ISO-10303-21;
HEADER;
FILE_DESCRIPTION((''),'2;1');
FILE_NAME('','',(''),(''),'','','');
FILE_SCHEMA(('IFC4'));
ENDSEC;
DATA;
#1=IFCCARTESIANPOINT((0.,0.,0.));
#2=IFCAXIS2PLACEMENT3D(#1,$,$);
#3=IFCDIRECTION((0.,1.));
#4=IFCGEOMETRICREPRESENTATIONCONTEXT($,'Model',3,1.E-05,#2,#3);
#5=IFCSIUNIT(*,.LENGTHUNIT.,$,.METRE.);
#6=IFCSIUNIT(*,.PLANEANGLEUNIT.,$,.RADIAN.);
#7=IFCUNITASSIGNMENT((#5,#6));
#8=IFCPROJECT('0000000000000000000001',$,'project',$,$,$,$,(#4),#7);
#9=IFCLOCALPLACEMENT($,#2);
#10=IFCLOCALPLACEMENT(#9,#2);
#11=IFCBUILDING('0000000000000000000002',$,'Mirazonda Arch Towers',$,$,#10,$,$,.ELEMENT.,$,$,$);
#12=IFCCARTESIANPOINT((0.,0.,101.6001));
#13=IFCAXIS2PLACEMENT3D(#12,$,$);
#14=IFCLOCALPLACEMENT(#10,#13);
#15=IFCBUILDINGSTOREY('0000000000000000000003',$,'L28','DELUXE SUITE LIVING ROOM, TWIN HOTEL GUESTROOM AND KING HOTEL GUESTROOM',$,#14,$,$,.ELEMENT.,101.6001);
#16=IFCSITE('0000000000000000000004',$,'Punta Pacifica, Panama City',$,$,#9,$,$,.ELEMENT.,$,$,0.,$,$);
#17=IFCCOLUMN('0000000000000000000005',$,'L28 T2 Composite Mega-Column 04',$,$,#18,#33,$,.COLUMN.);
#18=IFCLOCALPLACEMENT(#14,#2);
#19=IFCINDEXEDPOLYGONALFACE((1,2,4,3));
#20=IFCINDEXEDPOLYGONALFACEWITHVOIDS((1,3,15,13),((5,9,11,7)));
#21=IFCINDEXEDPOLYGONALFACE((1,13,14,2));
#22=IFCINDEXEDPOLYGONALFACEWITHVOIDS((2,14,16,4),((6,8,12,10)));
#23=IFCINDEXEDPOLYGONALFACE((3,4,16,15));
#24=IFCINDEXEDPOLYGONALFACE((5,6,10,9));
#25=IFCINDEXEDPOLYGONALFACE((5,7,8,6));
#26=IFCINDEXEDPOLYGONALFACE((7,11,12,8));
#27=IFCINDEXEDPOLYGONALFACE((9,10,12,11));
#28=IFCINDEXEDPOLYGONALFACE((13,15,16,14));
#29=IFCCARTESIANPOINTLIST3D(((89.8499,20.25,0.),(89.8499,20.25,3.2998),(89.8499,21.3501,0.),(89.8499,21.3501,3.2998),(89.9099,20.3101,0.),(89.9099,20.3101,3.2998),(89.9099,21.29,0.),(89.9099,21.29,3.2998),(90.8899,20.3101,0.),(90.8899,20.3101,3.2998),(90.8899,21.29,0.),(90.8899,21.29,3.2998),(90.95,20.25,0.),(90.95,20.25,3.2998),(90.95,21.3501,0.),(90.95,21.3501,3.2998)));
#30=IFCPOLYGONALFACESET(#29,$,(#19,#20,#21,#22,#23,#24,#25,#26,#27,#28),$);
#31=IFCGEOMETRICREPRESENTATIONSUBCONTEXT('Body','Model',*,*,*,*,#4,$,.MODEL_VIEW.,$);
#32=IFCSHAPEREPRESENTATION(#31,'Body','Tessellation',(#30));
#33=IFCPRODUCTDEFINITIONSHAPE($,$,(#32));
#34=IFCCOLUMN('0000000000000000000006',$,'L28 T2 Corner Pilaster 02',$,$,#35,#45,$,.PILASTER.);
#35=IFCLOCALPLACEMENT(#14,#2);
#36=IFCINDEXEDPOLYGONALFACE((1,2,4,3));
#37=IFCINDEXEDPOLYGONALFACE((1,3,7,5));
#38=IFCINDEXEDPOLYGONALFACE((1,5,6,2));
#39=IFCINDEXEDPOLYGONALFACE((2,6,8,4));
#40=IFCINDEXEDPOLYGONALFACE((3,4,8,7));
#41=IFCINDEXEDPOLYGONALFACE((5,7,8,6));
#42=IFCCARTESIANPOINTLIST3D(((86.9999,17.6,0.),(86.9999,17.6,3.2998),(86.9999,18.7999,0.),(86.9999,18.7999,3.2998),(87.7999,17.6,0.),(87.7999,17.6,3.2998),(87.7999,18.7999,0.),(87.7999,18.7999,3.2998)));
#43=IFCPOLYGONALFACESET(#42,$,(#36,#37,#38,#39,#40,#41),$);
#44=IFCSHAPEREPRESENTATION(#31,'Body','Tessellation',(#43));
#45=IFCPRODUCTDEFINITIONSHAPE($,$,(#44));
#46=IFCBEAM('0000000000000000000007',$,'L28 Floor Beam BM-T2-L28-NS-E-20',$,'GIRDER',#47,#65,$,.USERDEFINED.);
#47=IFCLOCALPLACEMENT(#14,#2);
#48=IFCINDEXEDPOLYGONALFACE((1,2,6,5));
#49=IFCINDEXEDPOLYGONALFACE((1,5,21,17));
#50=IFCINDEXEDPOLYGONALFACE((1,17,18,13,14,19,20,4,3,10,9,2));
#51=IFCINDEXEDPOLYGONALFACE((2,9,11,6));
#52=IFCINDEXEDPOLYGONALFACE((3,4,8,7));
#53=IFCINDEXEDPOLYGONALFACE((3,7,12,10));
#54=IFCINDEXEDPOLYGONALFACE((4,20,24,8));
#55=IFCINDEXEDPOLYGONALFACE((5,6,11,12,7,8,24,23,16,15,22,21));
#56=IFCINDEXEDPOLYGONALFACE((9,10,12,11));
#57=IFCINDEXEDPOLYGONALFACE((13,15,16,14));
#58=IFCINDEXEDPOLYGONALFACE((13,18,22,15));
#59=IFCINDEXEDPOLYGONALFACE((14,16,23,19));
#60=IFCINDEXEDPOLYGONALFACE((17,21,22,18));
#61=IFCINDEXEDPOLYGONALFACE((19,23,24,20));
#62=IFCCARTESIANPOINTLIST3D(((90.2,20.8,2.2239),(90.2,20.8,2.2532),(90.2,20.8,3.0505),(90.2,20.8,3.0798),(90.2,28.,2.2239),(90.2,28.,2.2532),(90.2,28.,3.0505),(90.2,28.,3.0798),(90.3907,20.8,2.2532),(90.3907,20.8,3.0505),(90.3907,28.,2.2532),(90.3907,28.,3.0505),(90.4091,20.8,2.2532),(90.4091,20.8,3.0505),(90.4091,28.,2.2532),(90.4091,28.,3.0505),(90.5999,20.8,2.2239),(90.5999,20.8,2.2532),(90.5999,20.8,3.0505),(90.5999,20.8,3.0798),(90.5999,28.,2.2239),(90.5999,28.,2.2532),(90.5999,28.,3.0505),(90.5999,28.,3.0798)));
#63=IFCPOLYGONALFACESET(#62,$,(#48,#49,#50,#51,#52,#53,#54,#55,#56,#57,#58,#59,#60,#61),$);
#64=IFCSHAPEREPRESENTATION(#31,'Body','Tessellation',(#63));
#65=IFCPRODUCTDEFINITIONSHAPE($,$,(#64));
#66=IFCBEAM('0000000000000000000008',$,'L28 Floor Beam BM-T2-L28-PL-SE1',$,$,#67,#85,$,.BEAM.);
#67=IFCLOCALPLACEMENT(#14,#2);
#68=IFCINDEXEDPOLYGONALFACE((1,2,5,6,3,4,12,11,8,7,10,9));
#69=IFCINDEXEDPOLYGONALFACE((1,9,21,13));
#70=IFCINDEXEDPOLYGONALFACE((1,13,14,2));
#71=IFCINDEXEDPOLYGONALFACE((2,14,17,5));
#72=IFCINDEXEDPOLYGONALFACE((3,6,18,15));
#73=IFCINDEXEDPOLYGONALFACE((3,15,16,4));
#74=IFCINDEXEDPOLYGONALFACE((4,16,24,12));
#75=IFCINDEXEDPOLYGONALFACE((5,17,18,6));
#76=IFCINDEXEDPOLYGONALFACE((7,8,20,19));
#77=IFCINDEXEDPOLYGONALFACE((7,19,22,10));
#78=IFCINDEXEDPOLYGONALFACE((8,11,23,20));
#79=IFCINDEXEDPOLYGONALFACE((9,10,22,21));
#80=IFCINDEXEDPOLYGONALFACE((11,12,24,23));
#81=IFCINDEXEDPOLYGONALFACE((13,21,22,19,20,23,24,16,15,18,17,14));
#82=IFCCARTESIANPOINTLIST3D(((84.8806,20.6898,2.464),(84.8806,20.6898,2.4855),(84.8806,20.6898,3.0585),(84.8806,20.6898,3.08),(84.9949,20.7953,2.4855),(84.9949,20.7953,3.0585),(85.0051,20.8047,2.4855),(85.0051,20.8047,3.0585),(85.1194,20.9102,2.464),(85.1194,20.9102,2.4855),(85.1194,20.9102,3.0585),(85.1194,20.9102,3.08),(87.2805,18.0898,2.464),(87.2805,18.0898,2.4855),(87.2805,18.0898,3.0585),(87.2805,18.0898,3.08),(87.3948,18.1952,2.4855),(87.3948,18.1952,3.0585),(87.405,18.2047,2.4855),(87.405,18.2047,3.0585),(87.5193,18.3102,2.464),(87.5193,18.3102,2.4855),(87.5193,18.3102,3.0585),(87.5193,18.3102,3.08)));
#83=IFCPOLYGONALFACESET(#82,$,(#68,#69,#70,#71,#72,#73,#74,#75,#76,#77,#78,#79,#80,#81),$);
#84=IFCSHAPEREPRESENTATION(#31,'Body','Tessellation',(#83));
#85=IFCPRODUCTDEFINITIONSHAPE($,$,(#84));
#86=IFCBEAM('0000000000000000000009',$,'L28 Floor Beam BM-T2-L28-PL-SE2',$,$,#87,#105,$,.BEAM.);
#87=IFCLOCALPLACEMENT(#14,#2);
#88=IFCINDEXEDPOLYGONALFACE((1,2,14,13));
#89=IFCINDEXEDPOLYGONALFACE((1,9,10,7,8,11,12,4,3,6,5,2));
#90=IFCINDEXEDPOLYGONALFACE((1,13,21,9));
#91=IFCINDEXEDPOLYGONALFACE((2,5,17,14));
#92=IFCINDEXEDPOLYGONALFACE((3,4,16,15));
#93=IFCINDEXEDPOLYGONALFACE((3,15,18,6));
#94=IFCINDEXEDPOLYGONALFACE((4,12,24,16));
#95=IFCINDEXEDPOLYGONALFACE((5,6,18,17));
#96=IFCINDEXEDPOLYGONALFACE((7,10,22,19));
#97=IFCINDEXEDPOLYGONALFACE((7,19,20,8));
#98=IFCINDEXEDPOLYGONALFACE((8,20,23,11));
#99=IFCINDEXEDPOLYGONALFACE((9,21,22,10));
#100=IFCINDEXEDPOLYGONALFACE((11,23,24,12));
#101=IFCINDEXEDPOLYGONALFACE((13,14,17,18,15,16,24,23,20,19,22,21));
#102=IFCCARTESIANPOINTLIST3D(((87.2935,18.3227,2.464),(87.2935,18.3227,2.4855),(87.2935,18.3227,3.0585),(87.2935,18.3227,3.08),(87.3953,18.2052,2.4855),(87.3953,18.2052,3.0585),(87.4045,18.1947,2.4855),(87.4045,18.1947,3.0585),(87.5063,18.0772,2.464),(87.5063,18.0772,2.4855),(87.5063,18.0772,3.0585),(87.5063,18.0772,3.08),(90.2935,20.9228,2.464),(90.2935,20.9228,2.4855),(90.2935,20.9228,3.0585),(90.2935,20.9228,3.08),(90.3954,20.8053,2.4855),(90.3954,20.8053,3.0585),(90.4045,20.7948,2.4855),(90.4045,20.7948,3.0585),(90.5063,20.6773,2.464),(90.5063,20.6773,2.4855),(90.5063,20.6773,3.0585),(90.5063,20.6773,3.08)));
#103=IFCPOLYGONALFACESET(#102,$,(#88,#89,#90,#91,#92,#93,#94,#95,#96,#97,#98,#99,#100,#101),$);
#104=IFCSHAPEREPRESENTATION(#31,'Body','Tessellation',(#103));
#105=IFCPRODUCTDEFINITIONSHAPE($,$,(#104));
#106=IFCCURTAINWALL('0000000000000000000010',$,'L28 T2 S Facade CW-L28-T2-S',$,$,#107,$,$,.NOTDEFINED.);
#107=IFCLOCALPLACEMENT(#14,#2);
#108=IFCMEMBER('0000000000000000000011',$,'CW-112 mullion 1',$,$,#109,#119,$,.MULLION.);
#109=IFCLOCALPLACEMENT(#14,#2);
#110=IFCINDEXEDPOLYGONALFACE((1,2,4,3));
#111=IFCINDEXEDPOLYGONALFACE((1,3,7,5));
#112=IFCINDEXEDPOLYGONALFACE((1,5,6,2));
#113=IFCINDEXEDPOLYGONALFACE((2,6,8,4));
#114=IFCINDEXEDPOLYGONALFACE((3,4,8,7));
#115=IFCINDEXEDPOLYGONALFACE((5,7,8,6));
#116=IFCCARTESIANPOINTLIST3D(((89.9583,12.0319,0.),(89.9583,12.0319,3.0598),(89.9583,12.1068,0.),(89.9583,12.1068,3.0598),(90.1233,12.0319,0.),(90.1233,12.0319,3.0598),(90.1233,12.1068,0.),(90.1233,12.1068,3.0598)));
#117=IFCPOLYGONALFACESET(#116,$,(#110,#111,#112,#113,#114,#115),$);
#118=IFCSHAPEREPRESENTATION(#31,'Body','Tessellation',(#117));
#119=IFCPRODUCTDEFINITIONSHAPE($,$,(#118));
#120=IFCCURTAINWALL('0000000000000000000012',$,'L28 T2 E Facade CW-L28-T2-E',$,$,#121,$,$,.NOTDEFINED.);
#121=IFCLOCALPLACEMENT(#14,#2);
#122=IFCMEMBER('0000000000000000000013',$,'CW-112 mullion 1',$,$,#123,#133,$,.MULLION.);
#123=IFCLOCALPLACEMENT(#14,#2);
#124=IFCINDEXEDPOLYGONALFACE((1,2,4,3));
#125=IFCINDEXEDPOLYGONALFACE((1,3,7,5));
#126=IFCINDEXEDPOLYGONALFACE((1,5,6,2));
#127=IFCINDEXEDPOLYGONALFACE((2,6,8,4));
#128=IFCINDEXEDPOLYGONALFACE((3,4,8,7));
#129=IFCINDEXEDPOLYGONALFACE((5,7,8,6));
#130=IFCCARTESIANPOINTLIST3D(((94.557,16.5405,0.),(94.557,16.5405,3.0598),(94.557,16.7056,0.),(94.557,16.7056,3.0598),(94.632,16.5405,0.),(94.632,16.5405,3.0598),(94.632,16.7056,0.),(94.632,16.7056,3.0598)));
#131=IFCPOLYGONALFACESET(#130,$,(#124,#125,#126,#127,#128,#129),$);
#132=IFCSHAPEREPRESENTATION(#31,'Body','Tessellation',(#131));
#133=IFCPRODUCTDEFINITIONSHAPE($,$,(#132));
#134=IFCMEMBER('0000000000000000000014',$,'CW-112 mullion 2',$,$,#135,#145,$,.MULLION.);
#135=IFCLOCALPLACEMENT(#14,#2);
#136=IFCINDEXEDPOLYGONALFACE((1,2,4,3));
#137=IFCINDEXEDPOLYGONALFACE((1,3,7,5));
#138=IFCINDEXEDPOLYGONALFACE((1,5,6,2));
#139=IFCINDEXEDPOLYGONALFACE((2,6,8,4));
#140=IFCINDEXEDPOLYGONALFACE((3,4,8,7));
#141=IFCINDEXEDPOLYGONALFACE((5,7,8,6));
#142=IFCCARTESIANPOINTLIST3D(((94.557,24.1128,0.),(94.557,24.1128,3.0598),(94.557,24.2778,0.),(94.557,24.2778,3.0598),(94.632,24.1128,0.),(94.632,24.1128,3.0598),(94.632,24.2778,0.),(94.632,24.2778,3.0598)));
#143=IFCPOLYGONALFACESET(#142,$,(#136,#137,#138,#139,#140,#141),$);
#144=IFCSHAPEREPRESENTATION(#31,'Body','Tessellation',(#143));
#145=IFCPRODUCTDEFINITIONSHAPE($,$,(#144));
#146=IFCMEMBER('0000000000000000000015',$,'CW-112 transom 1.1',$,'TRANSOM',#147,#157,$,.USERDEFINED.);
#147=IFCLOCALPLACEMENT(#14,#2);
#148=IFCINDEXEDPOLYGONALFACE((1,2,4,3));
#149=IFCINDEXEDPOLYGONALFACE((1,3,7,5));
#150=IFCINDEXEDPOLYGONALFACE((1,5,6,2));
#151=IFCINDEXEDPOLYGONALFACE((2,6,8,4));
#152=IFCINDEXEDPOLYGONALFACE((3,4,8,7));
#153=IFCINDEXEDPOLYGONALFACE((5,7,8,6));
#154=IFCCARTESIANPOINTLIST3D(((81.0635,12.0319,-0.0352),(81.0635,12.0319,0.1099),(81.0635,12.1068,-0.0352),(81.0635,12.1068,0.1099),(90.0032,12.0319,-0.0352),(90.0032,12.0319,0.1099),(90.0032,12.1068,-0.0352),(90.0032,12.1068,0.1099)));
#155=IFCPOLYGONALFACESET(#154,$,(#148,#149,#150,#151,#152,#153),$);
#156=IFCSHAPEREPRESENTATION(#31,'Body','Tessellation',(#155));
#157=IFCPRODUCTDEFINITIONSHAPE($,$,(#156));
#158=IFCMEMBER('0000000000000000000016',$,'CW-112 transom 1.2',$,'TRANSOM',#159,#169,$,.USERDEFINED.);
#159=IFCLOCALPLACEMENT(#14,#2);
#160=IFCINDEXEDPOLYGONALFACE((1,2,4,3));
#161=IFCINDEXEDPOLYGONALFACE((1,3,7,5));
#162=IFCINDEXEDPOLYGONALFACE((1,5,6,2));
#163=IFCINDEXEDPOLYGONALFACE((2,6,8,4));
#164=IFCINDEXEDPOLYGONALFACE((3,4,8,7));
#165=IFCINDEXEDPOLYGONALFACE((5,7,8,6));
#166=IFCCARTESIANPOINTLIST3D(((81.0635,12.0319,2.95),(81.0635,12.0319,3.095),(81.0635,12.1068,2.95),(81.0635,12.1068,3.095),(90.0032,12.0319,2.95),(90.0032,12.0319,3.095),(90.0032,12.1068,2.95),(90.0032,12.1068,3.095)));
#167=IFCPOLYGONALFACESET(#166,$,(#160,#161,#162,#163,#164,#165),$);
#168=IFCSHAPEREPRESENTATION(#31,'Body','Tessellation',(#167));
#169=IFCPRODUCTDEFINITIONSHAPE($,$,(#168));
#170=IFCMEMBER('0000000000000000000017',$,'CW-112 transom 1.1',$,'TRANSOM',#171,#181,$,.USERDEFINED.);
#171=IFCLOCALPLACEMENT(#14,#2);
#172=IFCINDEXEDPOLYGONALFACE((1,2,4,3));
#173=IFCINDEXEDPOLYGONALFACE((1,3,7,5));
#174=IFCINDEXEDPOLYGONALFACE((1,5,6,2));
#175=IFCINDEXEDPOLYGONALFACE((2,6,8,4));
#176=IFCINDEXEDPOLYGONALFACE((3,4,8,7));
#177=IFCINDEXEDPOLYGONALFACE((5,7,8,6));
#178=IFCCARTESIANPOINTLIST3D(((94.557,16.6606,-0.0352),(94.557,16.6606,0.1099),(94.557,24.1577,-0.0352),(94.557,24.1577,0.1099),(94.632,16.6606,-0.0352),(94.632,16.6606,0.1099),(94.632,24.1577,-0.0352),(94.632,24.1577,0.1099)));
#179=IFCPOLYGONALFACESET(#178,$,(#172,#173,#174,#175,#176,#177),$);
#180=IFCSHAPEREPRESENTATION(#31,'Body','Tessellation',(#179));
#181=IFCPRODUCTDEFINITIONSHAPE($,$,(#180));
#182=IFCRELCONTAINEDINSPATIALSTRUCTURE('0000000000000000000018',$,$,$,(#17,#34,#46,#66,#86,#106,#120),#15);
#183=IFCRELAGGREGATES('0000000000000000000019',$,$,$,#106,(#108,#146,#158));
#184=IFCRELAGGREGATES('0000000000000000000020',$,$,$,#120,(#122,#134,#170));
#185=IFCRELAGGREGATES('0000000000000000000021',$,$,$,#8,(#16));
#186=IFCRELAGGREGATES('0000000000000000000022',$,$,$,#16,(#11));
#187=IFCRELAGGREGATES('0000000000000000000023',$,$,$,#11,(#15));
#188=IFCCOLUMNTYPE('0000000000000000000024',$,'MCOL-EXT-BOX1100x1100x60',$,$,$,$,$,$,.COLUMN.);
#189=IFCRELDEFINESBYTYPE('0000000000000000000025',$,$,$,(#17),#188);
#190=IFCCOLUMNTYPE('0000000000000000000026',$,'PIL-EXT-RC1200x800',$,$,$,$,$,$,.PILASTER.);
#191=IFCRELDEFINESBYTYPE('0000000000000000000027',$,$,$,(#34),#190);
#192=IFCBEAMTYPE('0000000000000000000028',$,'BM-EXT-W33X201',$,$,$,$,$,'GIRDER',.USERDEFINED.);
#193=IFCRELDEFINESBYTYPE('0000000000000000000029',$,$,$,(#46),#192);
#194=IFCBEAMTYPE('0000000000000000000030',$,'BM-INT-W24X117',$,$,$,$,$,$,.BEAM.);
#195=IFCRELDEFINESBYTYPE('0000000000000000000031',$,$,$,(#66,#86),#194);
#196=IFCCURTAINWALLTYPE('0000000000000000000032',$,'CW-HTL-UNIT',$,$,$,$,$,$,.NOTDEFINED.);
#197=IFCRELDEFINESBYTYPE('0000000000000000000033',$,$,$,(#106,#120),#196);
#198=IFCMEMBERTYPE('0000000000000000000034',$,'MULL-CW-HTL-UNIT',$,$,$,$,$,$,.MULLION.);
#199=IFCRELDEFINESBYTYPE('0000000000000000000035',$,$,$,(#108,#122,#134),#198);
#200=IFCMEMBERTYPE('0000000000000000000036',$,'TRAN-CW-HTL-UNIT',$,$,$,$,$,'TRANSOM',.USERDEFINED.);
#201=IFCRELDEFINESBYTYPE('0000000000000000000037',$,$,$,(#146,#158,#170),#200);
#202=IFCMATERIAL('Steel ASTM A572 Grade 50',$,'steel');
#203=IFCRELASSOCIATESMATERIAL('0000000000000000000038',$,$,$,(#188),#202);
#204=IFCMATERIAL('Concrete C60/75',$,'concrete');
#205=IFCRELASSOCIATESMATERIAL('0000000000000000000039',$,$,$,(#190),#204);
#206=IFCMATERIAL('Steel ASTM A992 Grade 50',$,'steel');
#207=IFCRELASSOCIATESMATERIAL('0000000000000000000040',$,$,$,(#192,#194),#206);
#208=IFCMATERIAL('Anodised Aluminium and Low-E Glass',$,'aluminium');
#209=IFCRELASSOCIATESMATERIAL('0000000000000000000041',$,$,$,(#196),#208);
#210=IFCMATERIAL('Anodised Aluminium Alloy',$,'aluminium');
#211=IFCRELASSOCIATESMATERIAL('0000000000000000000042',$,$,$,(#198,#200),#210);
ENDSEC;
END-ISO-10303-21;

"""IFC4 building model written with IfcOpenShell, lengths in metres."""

from ifc_helpers import new_model, si_unit, direction, frame, origin, origin_2d, place, context, subcontext, project, spatial, rectangle, hollow_rectangle, i_section, extrude, material, material_profile, profile_set, type_object, element, aggregate, save


model = new_model("IFC4")

# Units and contexts
model_context = context("Model", 3, precision=1e-05, world=origin(), true_north=direction((0.0, 1.0)))
body_context = subcontext(model_context, "Body", "Model", "MODEL_VIEW")
ifc_project = project(units=[si_unit("LENGTHUNIT", "METRE"), si_unit("PLANEANGLEUNIT", "RADIAN")], contexts=[model_context])

# Site, building, storey
site_placement = place(None, origin())
site = spatial("IfcSite", under=ifc_project, at=site_placement, Name="Punta Pacifica, Panama City", CompositionType="ELEMENT", RefElevation=0.0)
building_placement = place(site_placement, origin())
building = spatial("IfcBuilding", under=site, at=building_placement, Name="Mirazonda Arch Towers", CompositionType="ELEMENT")
storey_placement = place(building_placement, frame((0.0, 0.0, 101.6001)))
storey = spatial("IfcBuildingStorey", under=building, at=storey_placement, Name="L28", Description="DELUXE SUITE LIVING ROOM, TWIN HOTEL GUESTROOM AND KING HOTEL GUESTROOM", CompositionType="ELEMENT", Elevation=101.6001)

# Columns
ifc_material_1 = material(Name="Steel ASTM A572 Grade 50", Category="steel")
ifc_material_profile_1 = material_profile(ifc_material_1, hollow_rectangle(XDim=1.1001, YDim=1.1001, WallThickness=0.0601, at=origin_2d()), Name="BOX1100x1100x60")
ifc_profile_set_1 = profile_set([ifc_material_profile_1], Name="Steel ASTM A572 Grade 50")
column_type_1 = type_object("IfcColumnType", Name="MCOL-EXT-BOX1100x1100x60", PredefinedType="COLUMN", material=ifc_profile_set_1)
column_1_placement = place(storey_placement, frame((90.3999, 20.8, 0.0), z_axis=(0.0, 0.0, 1.0), x_axis=(1.0, 0.0, 0.0)))
element("IfcColumn", 1, at=column_1_placement, inside=storey, type_object=column_type_1, Name="L28 T2 Composite Mega-Column 04", PredefinedType="COLUMN", context=body_context, shape_type="SweptSolid", body=[
    extrude(hollow_rectangle(XDim=1.1001, YDim=1.1001, WallThickness=0.0601, at=origin_2d()), origin(), (0.0, 0.0, 1.0), 3.2998),
])
ifc_material_2 = material(Name="Concrete C60/75", Category="concrete")
ifc_material_profile_2 = material_profile(ifc_material_2, rectangle(XDim=0.8, YDim=1.2, at=origin_2d()), Name="RC1200x800")
ifc_profile_set_2 = profile_set([ifc_material_profile_2], Name="Concrete C60/75")
column_type_2 = type_object("IfcColumnType", Name="PIL-EXT-RC1200x800", PredefinedType="PILASTER", material=ifc_profile_set_2)
column_2_placement = place(storey_placement, frame((87.3999, 18.2, 0.0), z_axis=(0.0, 0.0, 1.0), x_axis=(1.0, 0.0, 0.0)))
element("IfcColumn", 2, at=column_2_placement, inside=storey, type_object=column_type_2, Name="L28 T2 Corner Pilaster 02", PredefinedType="PILASTER", context=body_context, shape_type="SweptSolid", body=[
    extrude(rectangle(XDim=0.8, YDim=1.2, at=origin_2d()), origin(), (0.0, 0.0, 1.0), 3.2998),
])

# Beams
ifc_material_3 = material(Name="Steel ASTM A992 Grade 50", Category="steel")
ifc_material_profile_3 = material_profile(ifc_material_3, i_section(OverallWidth=0.3999, OverallDepth=0.856, WebThickness=0.0183, FlangeThickness=0.0293, at=origin_2d()), Name="W33X201")
ifc_profile_set_3 = profile_set([ifc_material_profile_3], Name="Steel ASTM A992 Grade 50")
beam_type_1 = type_object("IfcBeamType", Name="BM-EXT-W33X201", ElementType="GIRDER", PredefinedType="USERDEFINED", material=ifc_profile_set_3)
beam_1_placement = place(storey_placement, frame((90.3999, 20.8, 2.6519), z_axis=(0.0, 1.0, 0.0), x_axis=(-1.0, 0.0, 0.0)))
element("IfcBeam", 3, at=beam_1_placement, inside=storey, type_object=beam_type_1, Name="L28 Floor Beam BM-T2-L28-NS-E-20", ObjectType="GIRDER", PredefinedType="USERDEFINED", context=body_context, shape_type="SweptSolid", body=[
    extrude(i_section(OverallWidth=0.3999, OverallDepth=0.856, WebThickness=0.0183, FlangeThickness=0.0293, at=origin_2d()), origin(), (0.0, 0.0, 1.0), 7.2),
])
ifc_material_profile_4 = material_profile(ifc_material_3, i_section(OverallWidth=0.325, OverallDepth=0.616, WebThickness=0.0139, FlangeThickness=0.0215, at=origin_2d()), Name="W24X117")
ifc_profile_set_4 = profile_set([ifc_material_profile_4], Name="Steel ASTM A992 Grade 50")
beam_type_2 = type_object("IfcBeamType", Name="BM-INT-W24X117", PredefinedType="BEAM", material=ifc_profile_set_4)
beam_2_placement = place(storey_placement, frame((87.3999, 18.2, 2.772), z_axis=(-0.678251, 0.73483, 0.0), x_axis=(-0.73483, -0.678251, 0.0)))
element("IfcBeam", 4, at=beam_2_placement, inside=storey, type_object=beam_type_2, Name="L28 Floor Beam BM-T2-L28-PL-SE1", PredefinedType="BEAM", context=body_context, shape_type="SweptSolid", body=[
    extrude(i_section(OverallWidth=0.325, OverallDepth=0.616, WebThickness=0.0139, FlangeThickness=0.0215, at=origin_2d()), origin(), (0.0, 0.0, 1.0), 3.5383),
])
beam_3_placement = place(storey_placement, frame((87.3999, 18.2, 2.772), z_axis=(0.755677, 0.654945, 0.0), x_axis=(-0.654945, 0.755677, 0.0)))
element("IfcBeam", 5, at=beam_3_placement, inside=storey, type_object=beam_type_2, Name="L28 Floor Beam BM-T2-L28-PL-SE2", PredefinedType="BEAM", context=body_context, shape_type="SweptSolid", body=[
    extrude(i_section(OverallWidth=0.325, OverallDepth=0.616, WebThickness=0.0139, FlangeThickness=0.0215, at=origin_2d()), origin(), (0.0, 0.0, 1.0), 3.97),
])

# Curtain wall, member
ifc_material_4 = material(Name="Anodised Aluminium and Low-E Glass", Category="aluminium")
curtain_wall_type = type_object("IfcCurtainWallType", Name="CW-HTL-UNIT", PredefinedType="NOTDEFINED", material=ifc_material_4)
curtain_wall_1_placement = place(storey_placement, origin())
curtain_wall_1 = element("IfcCurtainWall", 6, at=curtain_wall_1_placement, inside=storey, type_object=curtain_wall_type, Name="L28 T2 S Facade CW-L28-T2-S", PredefinedType="NOTDEFINED")
ifc_material_5 = material(Name="Anodised Aluminium Alloy", Category="aluminium")
ifc_material_profile_5 = material_profile(ifc_material_5, rectangle(XDim=0.075, YDim=0.165, at=origin_2d()), Name="ALU-MULL-75x165")
ifc_profile_set_5 = profile_set([ifc_material_profile_5], Name="Anodised Aluminium Alloy")
member_type_1 = type_object("IfcMemberType", Name="MULL-CW-HTL-UNIT", PredefinedType="MULLION", material=ifc_profile_set_5)
member_1_placement = place(storey_placement, frame((90.0408, 12.0693, 0.0), z_axis=(0.0, 0.0, 1.0), x_axis=(0.0, -1.0, 0.0)))
member_1 = element("IfcMember", 7, at=member_1_placement, type_object=member_type_1, Name="CW-112 mullion 1", PredefinedType="MULLION", context=body_context, shape_type="SweptSolid", body=[
    extrude(rectangle(XDim=0.075, YDim=0.165, at=origin_2d()), origin(), (0.0, 0.0, 1.0), 3.0598),
])

# Curtain wall, members
curtain_wall_2_placement = place(storey_placement, origin())
curtain_wall_2 = element("IfcCurtainWall", 8, at=curtain_wall_2_placement, inside=storey, type_object=curtain_wall_type, Name="L28 T2 E Facade CW-L28-T2-E", PredefinedType="NOTDEFINED")
member_2_placement = place(storey_placement, frame((94.5945, 16.623, 0.0), z_axis=(0.0, 0.0, 1.0), x_axis=(-1.0, 0.0, 0.0)))
member_2 = element("IfcMember", 9, at=member_2_placement, type_object=member_type_1, Name="CW-112 mullion 1", PredefinedType="MULLION", context=body_context, shape_type="SweptSolid", body=[
    extrude(rectangle(XDim=0.075, YDim=0.165, at=origin_2d()), origin(), (0.0, 0.0, 1.0), 3.0598),
])
member_3_placement = place(storey_placement, frame((94.5945, 24.1953, 0.0), z_axis=(0.0, 0.0, 1.0), x_axis=(-1.0, 0.0, 0.0)))
member_3 = element("IfcMember", 10, at=member_3_placement, type_object=member_type_1, Name="CW-112 mullion 2", PredefinedType="MULLION", context=body_context, shape_type="SweptSolid", body=[
    extrude(rectangle(XDim=0.075, YDim=0.165, at=origin_2d()), origin(), (0.0, 0.0, 1.0), 3.0598),
])

# Members
ifc_material_profile_6 = material_profile(ifc_material_5, rectangle(XDim=0.075, YDim=0.145, at=origin_2d()), Name="ALU-TRAN-75x145")
ifc_profile_set_6 = profile_set([ifc_material_profile_6], Name="Anodised Aluminium Alloy")
member_type_2 = type_object("IfcMemberType", Name="TRAN-CW-HTL-UNIT", ElementType="TRANSOM", PredefinedType="USERDEFINED", material=ifc_profile_set_6)
member_4_placement = place(storey_placement, frame((90.0032, 12.0693, 0.0374), z_axis=(-1.0, 0.0, 0.0), x_axis=(0.0, -1.0, 0.0)))
member_4 = element("IfcMember", 11, at=member_4_placement, type_object=member_type_2, Name="CW-112 transom 1.1", ObjectType="TRANSOM", PredefinedType="USERDEFINED", context=body_context, shape_type="SweptSolid", body=[
    extrude(rectangle(XDim=0.075, YDim=0.145, at=origin_2d()), origin(), (0.0, 0.0, 1.0), 8.9397),
])
member_5_placement = place(storey_placement, frame((90.0032, 12.0693, 3.0225), z_axis=(-1.0, 0.0, 0.0), x_axis=(0.0, -1.0, 0.0)))
member_5 = element("IfcMember", 12, at=member_5_placement, type_object=member_type_2, Name="CW-112 transom 1.2", ObjectType="TRANSOM", PredefinedType="USERDEFINED", context=body_context, shape_type="SweptSolid", body=[
    extrude(rectangle(XDim=0.075, YDim=0.145, at=origin_2d()), origin(), (0.0, 0.0, 1.0), 8.9397),
])
member_6_placement = place(storey_placement, frame((94.5945, 16.6606, 0.0374), z_axis=(0.0, 1.0, 0.0), x_axis=(-1.0, 0.0, 0.0)))
member_6 = element("IfcMember", 13, at=member_6_placement, type_object=member_type_2, Name="CW-112 transom 1.1", ObjectType="TRANSOM", PredefinedType="USERDEFINED", context=body_context, shape_type="SweptSolid", body=[
    extrude(rectangle(XDim=0.075, YDim=0.145, at=origin_2d()), origin(), (0.0, 0.0, 1.0), 7.4971),
])

aggregate(curtain_wall_1, [member_1, member_4, member_5])
aggregate(curtain_wall_2, [member_2, member_3, member_6])

save(model, "model.ifc")
